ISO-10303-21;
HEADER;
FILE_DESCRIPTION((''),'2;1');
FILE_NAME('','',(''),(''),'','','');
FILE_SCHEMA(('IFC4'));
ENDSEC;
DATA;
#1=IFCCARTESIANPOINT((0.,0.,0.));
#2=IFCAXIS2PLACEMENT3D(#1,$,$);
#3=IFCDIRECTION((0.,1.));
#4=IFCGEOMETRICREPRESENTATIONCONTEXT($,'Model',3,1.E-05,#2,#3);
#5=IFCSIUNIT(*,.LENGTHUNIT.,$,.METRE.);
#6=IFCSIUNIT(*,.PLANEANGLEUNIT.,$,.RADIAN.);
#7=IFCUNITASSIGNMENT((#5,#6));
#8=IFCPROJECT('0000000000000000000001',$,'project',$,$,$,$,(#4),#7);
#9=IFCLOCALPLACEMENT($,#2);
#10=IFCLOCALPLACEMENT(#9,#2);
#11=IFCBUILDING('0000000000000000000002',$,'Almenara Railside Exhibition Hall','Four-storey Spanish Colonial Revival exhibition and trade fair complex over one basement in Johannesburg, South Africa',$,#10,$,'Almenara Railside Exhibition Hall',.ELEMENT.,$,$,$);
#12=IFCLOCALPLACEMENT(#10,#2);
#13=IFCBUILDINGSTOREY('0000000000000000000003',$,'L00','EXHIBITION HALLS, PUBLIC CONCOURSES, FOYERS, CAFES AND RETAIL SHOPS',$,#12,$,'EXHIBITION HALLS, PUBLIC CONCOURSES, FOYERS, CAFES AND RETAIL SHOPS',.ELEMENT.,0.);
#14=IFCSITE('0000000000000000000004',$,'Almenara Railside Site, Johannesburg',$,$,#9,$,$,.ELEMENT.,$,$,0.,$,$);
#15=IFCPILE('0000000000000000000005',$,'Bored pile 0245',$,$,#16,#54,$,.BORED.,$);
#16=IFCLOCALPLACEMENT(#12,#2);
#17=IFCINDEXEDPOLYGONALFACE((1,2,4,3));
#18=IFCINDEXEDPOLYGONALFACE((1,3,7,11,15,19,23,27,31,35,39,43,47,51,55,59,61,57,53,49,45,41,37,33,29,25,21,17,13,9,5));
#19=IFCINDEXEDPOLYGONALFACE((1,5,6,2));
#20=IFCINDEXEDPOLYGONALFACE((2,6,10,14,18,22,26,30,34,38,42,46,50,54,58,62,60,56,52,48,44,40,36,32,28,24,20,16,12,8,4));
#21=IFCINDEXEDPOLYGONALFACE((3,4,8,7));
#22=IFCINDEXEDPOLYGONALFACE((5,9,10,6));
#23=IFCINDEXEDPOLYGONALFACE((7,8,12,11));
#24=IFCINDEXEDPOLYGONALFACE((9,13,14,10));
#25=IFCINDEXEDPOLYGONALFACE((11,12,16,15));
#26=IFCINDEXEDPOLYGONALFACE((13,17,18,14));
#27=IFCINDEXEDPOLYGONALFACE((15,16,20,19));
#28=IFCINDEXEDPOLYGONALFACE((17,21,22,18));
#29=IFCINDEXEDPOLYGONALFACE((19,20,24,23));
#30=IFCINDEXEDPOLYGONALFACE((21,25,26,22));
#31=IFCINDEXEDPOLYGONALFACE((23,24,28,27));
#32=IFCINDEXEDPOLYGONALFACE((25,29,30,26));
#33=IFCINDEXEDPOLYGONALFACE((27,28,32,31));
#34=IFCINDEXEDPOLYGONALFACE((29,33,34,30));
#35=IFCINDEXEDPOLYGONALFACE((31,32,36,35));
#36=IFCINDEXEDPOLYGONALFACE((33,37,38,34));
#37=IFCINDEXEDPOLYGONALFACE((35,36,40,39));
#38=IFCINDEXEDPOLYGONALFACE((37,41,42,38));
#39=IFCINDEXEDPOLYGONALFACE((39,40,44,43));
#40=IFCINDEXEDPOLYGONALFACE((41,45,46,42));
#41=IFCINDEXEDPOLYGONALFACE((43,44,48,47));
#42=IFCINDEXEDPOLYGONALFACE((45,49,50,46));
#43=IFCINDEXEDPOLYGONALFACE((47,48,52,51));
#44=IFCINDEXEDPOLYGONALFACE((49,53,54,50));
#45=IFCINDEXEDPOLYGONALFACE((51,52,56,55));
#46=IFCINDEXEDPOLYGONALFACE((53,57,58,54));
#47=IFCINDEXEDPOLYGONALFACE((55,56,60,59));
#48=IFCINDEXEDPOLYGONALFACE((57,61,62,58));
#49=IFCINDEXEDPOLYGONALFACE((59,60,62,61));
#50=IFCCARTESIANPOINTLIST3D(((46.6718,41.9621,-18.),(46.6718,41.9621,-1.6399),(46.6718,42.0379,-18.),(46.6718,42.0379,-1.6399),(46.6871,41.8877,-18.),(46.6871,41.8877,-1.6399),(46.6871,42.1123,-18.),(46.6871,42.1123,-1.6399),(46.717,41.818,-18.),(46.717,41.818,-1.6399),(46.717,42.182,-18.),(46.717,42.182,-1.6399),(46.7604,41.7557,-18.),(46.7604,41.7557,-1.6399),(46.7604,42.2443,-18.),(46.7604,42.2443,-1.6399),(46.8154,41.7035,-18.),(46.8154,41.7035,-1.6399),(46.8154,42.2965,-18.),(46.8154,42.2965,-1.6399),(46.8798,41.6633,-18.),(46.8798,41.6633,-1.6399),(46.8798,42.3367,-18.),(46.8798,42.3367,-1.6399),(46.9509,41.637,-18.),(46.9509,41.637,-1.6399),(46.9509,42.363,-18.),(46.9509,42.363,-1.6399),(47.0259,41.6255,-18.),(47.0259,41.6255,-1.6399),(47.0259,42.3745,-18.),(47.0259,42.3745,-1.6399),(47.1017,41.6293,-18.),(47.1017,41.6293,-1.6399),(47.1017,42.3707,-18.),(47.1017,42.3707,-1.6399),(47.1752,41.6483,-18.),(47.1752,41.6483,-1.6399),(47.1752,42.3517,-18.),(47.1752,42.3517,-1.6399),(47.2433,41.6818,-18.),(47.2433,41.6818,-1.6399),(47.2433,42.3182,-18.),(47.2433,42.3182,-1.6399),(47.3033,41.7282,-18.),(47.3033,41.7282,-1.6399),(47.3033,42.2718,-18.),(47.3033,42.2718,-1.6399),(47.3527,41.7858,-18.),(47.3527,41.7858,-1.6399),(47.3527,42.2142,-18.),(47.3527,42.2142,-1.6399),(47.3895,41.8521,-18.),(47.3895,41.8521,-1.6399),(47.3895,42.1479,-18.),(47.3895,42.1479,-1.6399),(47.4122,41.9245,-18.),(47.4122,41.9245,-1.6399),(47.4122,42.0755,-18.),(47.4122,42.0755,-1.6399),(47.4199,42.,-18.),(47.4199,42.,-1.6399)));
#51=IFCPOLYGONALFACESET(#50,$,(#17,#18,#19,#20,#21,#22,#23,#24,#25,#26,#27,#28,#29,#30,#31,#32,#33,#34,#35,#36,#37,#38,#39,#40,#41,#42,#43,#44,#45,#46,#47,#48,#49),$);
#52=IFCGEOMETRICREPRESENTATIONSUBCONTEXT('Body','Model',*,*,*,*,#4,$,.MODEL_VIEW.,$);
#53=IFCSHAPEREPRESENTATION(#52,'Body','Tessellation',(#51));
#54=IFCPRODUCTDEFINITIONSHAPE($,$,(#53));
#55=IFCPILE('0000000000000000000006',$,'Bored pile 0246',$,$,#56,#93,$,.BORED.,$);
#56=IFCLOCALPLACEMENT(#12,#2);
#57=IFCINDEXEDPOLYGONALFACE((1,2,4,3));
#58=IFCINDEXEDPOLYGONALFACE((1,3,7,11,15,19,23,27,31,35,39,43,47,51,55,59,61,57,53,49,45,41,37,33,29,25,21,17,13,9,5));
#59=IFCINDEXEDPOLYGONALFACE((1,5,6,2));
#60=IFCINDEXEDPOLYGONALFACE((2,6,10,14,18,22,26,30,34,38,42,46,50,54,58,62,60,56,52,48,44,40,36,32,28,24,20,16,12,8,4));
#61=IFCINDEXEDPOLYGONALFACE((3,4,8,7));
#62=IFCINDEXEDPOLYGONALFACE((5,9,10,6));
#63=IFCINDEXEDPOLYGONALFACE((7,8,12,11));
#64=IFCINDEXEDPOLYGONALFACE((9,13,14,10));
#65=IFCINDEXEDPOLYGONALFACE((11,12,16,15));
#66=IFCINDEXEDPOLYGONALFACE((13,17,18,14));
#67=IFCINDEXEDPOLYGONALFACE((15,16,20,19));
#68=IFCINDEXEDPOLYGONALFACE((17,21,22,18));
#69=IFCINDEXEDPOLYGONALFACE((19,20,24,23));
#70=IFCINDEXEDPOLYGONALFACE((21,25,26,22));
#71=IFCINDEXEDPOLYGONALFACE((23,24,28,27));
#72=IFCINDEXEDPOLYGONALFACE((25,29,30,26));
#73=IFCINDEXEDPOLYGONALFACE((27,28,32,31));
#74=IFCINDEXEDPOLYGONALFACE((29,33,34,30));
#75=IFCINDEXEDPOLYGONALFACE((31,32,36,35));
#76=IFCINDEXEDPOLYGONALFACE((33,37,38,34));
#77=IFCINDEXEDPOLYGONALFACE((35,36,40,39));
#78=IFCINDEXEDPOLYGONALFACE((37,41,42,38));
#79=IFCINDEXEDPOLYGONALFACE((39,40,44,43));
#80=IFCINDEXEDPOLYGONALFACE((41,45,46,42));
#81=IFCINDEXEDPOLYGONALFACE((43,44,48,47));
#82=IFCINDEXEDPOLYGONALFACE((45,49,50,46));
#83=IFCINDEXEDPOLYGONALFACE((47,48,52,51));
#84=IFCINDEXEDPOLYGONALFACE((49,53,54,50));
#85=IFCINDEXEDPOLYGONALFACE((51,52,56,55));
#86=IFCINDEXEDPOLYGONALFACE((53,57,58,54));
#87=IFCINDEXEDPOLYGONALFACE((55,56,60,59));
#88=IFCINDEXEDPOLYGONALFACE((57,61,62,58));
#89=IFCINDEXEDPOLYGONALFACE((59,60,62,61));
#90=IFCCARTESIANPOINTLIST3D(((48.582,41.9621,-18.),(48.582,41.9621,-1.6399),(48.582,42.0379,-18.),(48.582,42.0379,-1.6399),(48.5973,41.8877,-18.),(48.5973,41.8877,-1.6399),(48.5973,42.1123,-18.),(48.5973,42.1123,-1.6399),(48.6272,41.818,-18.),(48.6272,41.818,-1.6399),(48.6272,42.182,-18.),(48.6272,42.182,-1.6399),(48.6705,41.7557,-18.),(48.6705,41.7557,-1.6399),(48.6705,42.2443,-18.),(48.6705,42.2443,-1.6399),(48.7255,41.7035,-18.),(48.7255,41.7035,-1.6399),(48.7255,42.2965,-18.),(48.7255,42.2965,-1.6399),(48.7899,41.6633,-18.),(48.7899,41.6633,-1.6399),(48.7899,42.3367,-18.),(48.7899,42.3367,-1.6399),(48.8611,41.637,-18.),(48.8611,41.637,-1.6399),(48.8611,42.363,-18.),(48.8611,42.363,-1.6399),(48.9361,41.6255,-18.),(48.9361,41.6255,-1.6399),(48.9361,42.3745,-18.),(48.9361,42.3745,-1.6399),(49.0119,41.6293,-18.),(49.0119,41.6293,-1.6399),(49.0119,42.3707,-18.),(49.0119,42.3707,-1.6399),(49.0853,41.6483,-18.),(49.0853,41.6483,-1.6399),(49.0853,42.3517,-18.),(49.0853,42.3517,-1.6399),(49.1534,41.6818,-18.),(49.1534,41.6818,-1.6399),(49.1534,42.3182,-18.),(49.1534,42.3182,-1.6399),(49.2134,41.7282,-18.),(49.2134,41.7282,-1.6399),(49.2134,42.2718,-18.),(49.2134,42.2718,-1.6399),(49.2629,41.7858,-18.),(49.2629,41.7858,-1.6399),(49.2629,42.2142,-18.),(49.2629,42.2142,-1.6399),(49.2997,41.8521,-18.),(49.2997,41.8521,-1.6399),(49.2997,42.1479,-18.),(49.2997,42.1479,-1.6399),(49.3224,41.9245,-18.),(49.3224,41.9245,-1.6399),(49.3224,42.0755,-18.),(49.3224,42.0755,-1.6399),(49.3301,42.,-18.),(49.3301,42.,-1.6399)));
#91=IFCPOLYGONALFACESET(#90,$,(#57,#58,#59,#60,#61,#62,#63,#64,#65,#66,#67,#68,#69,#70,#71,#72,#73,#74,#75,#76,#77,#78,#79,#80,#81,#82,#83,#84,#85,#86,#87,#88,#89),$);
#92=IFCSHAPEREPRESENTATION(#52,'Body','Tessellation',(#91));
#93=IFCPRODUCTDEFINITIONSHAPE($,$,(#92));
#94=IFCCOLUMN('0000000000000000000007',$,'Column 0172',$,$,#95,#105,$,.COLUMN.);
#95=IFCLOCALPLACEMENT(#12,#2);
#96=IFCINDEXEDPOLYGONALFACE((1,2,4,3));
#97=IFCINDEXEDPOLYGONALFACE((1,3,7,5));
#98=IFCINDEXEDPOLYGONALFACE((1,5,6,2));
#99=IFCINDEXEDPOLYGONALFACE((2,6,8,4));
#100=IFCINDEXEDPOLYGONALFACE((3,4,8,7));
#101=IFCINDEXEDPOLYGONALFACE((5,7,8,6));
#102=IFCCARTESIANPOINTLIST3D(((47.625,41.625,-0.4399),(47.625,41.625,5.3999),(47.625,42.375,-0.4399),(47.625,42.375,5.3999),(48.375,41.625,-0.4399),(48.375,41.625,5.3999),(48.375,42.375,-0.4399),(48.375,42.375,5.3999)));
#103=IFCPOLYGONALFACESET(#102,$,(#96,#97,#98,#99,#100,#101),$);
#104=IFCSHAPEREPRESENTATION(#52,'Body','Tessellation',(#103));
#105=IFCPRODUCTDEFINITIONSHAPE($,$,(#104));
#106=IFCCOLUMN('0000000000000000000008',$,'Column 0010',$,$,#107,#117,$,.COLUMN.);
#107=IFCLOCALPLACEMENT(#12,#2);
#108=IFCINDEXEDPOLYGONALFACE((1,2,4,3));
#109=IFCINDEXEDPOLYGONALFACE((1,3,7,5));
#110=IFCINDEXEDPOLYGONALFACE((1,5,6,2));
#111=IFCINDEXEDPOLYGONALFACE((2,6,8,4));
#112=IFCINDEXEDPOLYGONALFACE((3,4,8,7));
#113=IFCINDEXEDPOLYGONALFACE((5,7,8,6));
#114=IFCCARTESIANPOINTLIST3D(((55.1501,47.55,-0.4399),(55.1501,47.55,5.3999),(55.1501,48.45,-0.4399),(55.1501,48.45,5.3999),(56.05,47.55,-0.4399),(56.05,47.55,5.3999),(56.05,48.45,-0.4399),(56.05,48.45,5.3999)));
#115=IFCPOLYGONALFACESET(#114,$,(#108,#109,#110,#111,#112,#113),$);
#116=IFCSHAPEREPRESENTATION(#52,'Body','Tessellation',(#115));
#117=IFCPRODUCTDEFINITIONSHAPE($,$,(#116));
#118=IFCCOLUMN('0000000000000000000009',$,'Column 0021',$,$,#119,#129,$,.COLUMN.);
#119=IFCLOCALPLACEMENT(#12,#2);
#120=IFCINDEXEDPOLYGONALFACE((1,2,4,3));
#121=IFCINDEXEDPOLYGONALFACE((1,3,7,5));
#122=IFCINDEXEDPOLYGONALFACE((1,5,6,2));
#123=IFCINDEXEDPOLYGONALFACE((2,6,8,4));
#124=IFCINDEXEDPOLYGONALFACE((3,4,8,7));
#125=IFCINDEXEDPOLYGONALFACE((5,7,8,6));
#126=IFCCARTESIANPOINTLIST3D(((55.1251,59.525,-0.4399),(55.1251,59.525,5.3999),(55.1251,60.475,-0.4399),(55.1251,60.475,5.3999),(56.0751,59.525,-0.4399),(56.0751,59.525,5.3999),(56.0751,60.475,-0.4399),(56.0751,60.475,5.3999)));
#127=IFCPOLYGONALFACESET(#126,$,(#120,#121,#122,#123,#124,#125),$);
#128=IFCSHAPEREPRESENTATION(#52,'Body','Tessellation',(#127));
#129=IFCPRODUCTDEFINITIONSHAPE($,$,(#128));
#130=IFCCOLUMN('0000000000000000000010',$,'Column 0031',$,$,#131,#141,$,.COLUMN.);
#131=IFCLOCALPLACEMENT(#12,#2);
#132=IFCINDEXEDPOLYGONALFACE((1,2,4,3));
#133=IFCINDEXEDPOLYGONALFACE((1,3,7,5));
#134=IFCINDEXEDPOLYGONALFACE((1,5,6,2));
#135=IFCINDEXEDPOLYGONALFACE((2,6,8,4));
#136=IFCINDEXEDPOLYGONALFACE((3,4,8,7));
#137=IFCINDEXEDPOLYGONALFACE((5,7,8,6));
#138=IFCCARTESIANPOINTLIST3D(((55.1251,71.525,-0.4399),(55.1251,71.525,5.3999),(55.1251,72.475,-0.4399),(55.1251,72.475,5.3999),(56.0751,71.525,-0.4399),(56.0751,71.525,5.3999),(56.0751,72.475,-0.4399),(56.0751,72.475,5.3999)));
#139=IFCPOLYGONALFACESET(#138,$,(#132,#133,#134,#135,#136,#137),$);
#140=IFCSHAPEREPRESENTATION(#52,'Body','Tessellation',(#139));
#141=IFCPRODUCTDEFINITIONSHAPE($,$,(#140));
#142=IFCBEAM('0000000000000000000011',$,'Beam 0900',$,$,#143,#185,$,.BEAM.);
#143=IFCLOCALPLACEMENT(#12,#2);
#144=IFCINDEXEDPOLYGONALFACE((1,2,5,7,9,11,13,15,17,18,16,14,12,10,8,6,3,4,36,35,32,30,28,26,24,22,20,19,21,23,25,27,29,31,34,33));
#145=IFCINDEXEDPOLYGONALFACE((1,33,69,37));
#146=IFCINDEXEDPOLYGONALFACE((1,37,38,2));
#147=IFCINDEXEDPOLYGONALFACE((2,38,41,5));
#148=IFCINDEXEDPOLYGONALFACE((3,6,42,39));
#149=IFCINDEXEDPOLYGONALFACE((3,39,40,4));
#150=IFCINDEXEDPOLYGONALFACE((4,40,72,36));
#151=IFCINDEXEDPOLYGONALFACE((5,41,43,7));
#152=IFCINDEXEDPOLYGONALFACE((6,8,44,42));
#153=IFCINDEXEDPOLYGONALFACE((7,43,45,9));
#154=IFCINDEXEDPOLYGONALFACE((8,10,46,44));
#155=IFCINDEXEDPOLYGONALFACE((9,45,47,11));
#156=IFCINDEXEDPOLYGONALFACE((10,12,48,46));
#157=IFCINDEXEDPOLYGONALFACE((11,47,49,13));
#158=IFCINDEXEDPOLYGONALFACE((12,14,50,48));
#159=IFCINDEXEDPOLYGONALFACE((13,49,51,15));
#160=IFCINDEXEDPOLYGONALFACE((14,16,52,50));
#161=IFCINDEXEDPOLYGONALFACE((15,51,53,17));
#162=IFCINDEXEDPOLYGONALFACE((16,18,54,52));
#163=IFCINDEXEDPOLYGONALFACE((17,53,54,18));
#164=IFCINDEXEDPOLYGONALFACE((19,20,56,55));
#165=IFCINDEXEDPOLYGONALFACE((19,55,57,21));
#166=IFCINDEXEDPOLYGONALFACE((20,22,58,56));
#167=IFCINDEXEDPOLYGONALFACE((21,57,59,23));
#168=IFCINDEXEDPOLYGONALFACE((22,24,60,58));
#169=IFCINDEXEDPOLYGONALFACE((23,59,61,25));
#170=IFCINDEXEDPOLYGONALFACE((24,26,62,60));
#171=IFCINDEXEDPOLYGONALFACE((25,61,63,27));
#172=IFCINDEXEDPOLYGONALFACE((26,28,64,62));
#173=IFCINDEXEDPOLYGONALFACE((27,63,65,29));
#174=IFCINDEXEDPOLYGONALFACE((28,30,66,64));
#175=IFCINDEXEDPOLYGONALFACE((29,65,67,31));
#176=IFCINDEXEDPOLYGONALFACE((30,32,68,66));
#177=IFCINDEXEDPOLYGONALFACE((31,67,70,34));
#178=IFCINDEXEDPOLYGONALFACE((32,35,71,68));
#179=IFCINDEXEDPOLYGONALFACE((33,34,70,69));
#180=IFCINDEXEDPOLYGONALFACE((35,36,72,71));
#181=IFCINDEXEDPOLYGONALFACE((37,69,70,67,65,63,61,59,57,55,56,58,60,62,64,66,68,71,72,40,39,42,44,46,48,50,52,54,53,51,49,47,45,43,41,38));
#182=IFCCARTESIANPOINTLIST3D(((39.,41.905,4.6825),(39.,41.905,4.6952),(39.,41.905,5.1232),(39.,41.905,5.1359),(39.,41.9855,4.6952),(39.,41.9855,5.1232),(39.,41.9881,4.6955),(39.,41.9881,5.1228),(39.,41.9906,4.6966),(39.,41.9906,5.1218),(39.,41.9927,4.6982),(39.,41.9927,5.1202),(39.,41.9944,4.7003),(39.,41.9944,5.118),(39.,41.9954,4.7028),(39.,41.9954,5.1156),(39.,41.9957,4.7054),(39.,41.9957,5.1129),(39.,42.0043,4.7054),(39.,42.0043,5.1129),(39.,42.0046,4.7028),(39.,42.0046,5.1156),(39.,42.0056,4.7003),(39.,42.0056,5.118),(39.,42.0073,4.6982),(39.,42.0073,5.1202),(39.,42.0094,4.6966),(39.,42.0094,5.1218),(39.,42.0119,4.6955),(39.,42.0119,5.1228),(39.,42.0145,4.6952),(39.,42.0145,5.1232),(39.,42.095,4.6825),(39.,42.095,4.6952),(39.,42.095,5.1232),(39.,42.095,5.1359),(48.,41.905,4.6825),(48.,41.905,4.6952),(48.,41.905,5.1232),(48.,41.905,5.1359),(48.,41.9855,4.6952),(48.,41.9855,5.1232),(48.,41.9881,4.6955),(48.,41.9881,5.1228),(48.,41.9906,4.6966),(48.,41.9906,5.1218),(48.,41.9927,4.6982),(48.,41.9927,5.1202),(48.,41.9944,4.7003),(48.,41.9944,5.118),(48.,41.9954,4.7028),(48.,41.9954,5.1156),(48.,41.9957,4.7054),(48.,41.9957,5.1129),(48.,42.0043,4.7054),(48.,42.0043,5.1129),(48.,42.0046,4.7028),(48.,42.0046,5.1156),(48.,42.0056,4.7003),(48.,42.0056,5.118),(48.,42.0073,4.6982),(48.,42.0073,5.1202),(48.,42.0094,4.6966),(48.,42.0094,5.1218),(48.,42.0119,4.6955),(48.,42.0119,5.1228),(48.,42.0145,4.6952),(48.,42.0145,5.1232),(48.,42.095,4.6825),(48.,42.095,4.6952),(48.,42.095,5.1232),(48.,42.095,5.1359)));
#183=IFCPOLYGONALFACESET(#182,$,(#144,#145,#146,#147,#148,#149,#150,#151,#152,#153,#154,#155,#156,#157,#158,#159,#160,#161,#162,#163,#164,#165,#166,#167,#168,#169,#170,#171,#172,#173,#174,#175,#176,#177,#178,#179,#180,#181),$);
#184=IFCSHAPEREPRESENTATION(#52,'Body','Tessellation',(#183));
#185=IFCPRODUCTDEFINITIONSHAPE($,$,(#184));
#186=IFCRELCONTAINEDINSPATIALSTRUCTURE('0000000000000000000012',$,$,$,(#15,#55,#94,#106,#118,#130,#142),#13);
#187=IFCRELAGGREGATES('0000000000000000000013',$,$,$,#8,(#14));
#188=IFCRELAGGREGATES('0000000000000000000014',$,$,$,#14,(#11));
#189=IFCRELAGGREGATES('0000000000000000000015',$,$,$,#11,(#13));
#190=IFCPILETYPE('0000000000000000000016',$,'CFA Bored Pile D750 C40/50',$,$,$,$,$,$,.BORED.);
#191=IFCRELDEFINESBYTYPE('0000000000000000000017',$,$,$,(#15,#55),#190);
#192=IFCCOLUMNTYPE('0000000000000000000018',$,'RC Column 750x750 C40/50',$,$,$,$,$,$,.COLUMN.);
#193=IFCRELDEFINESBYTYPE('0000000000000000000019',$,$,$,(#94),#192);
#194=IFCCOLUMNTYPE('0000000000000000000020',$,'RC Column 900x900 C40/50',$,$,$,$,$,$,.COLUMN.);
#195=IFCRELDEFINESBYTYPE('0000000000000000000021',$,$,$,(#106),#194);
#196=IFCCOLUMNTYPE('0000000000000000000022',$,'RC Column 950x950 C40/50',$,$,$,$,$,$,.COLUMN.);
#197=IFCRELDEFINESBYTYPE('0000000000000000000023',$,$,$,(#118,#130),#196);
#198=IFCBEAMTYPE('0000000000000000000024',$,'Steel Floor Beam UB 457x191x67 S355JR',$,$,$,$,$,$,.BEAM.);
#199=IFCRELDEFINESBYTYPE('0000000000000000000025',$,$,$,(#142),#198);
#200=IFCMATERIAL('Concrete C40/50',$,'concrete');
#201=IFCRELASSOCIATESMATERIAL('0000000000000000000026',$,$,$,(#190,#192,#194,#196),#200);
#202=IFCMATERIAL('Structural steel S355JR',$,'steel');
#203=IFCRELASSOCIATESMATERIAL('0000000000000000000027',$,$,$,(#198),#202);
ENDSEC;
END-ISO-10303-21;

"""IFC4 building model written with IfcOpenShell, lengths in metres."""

from ifc_helpers import new_model, si_unit, direction, frame, origin, origin_2d, place, context, subcontext, project, spatial, rectangle, circle, i_section, extrude, material, material_profile, profile_set, type_object, element, save


model = new_model("IFC4")

# Units and contexts
model_context = context("Model", 3, precision=1e-05, world=origin(), true_north=direction((0.0, 1.0)))
body_context = subcontext(model_context, "Body", "Model", "MODEL_VIEW")
ifc_project = project(units=[si_unit("LENGTHUNIT", "METRE"), si_unit("PLANEANGLEUNIT", "RADIAN")], contexts=[model_context])

# Site, building, storey
site_placement = place(None, origin())
site = spatial("IfcSite", under=ifc_project, at=site_placement, Name="Almenara Railside Site, Johannesburg", CompositionType="ELEMENT", RefElevation=0.0)
building_placement = place(site_placement, origin())
building = spatial("IfcBuilding", under=site, at=building_placement, Name="Almenara Railside Exhibition Hall", Description="Four-storey Spanish Colonial Revival exhibition and trade fair complex over one basement in Johannesburg, South Africa", LongName="Almenara Railside Exhibition Hall", CompositionType="ELEMENT")
storey_placement = place(building_placement, origin())
storey = spatial("IfcBuildingStorey", under=building, at=storey_placement, Name="L00", Description="EXHIBITION HALLS, PUBLIC CONCOURSES, FOYERS, CAFES AND RETAIL SHOPS", LongName="EXHIBITION HALLS, PUBLIC CONCOURSES, FOYERS, CAFES AND RETAIL SHOPS", CompositionType="ELEMENT", Elevation=0.0)

# Piles
ifc_material_1 = material(Name="Concrete C40/50", Category="concrete")
ifc_material_profile_1 = material_profile(ifc_material_1, circle(Radius=0.375, at=origin_2d()), Name="CFA-PILE D750")
ifc_profile_set_1 = profile_set([ifc_material_profile_1], Name="Concrete C40/50")
pile_type_1 = type_object("IfcPileType", Name="CFA Bored Pile D750 C40/50", PredefinedType="BORED", material=ifc_profile_set_1)
for number, where, z_axis, x_axis, name in (
    (1, (47.0449, 42.0, -1.6399), (0.0, 0.0, -1.0), (1.0, 0.0, 0.0), "Bored pile 0245"),
    (2, (48.9551, 42.0, -1.6399), (0.0, 0.0, -1.0), (1.0, 0.0, 0.0), "Bored pile 0246"),
):
    element("IfcPile", number, at=place(storey_placement, frame(where, z_axis=z_axis, x_axis=x_axis)), inside=storey, type_object=pile_type_1, Name=name, PredefinedType="BORED", context=body_context, shape_type="SweptSolid", body=[
        extrude(circle(Radius=0.375, at=origin_2d()), origin(), (0.0, 0.0, 1.0), 16.3601),
    ])

# Columns
ifc_material_profile_2 = material_profile(ifc_material_1, rectangle(XDim=0.75, YDim=0.75, at=origin_2d()), Name="RC 750x750")
ifc_profile_set_2 = profile_set([ifc_material_profile_2], Name="Concrete C40/50")
column_type_1 = type_object("IfcColumnType", Name="RC Column 750x750 C40/50", PredefinedType="COLUMN", material=ifc_profile_set_2)
column_1_placement = place(storey_placement, frame((48.0, 42.0, -0.4399), z_axis=(0.0, 0.0, 1.0), x_axis=(1.0, 0.0, 0.0)))
element("IfcColumn", 3, at=column_1_placement, inside=storey, type_object=column_type_1, Name="Column 0172", PredefinedType="COLUMN", context=body_context, shape_type="SweptSolid", body=[
    extrude(rectangle(XDim=0.75, YDim=0.75, at=origin_2d()), origin(), (0.0, 0.0, 1.0), 5.8398),
])
ifc_material_profile_3 = material_profile(ifc_material_1, rectangle(XDim=0.8999, YDim=0.8999, at=origin_2d()), Name="RC 900x900")
ifc_profile_set_3 = profile_set([ifc_material_profile_3], Name="Concrete C40/50")
column_type_2 = type_object("IfcColumnType", Name="RC Column 900x900 C40/50", PredefinedType="COLUMN", material=ifc_profile_set_3)
column_2_placement = place(storey_placement, frame((55.6001, 48.0, -0.4399), z_axis=(0.0, 0.0, 1.0), x_axis=(1.0, 0.0, 0.0)))
element("IfcColumn", 4, at=column_2_placement, inside=storey, type_object=column_type_2, Name="Column 0010", PredefinedType="COLUMN", context=body_context, shape_type="SweptSolid", body=[
    extrude(rectangle(XDim=0.8999, YDim=0.8999, at=origin_2d()), origin(), (0.0, 0.0, 1.0), 5.8398),
])
ifc_material_profile_4 = material_profile(ifc_material_1, rectangle(XDim=0.95, YDim=0.95, at=origin_2d()), Name="RC 950x950")
ifc_profile_set_4 = profile_set([ifc_material_profile_4], Name="Concrete C40/50")
column_type_3 = type_object("IfcColumnType", Name="RC Column 950x950 C40/50", PredefinedType="COLUMN", material=ifc_profile_set_4)
for number, where, z_axis, x_axis, name in (
    (5, (55.6001, 60.0, -0.4399), (0.0, 0.0, 1.0), (1.0, 0.0, 0.0), "Column 0021"),
    (6, (55.6001, 72.0, -0.4399), (0.0, 0.0, 1.0), (1.0, 0.0, 0.0), "Column 0031"),
):
    element("IfcColumn", number, at=place(storey_placement, frame(where, z_axis=z_axis, x_axis=x_axis)), inside=storey, type_object=column_type_3, Name=name, PredefinedType="COLUMN", context=body_context, shape_type="SweptSolid", body=[
        extrude(rectangle(XDim=0.95, YDim=0.95, at=origin_2d()), origin(), (0.0, 0.0, 1.0), 5.8398),
    ])

# Beam
ifc_material_2 = material(Name="Structural steel S355JR", Category="steel")
ifc_material_profile_5 = material_profile(ifc_material_2, i_section(OverallWidth=0.1899, OverallDepth=0.4534, WebThickness=0.0085, FlangeThickness=0.0127, FilletRadius=0.0103, at=origin_2d()), Name="UB 457x191x67")
ifc_profile_set_5 = profile_set([ifc_material_profile_5], Name="Structural steel S355JR")
beam_type_1 = type_object("IfcBeamType", Name="Steel Floor Beam UB 457x191x67 S355JR", PredefinedType="BEAM", material=ifc_profile_set_5)
for number, where, z_axis, x_axis, name in (
    (7, (39.0, 42.0, 4.9092), (1.0, 0.0, 0.0), (0.0, 1.0, 0.0), "Beam 0900"),
):
    element("IfcBeam", number, at=place(storey_placement, frame(where, z_axis=z_axis, x_axis=x_axis)), inside=storey, type_object=beam_type_1, Name=name, PredefinedType="BEAM", context=body_context, shape_type="SweptSolid", body=[
        extrude(i_section(OverallWidth=0.1899, OverallDepth=0.4534, WebThickness=0.0085, FlangeThickness=0.0127, FilletRadius=0.0103, at=origin_2d()), origin(), (0.0, 0.0, 1.0), 9.0),
    ])

save(model, "model.ifc")
